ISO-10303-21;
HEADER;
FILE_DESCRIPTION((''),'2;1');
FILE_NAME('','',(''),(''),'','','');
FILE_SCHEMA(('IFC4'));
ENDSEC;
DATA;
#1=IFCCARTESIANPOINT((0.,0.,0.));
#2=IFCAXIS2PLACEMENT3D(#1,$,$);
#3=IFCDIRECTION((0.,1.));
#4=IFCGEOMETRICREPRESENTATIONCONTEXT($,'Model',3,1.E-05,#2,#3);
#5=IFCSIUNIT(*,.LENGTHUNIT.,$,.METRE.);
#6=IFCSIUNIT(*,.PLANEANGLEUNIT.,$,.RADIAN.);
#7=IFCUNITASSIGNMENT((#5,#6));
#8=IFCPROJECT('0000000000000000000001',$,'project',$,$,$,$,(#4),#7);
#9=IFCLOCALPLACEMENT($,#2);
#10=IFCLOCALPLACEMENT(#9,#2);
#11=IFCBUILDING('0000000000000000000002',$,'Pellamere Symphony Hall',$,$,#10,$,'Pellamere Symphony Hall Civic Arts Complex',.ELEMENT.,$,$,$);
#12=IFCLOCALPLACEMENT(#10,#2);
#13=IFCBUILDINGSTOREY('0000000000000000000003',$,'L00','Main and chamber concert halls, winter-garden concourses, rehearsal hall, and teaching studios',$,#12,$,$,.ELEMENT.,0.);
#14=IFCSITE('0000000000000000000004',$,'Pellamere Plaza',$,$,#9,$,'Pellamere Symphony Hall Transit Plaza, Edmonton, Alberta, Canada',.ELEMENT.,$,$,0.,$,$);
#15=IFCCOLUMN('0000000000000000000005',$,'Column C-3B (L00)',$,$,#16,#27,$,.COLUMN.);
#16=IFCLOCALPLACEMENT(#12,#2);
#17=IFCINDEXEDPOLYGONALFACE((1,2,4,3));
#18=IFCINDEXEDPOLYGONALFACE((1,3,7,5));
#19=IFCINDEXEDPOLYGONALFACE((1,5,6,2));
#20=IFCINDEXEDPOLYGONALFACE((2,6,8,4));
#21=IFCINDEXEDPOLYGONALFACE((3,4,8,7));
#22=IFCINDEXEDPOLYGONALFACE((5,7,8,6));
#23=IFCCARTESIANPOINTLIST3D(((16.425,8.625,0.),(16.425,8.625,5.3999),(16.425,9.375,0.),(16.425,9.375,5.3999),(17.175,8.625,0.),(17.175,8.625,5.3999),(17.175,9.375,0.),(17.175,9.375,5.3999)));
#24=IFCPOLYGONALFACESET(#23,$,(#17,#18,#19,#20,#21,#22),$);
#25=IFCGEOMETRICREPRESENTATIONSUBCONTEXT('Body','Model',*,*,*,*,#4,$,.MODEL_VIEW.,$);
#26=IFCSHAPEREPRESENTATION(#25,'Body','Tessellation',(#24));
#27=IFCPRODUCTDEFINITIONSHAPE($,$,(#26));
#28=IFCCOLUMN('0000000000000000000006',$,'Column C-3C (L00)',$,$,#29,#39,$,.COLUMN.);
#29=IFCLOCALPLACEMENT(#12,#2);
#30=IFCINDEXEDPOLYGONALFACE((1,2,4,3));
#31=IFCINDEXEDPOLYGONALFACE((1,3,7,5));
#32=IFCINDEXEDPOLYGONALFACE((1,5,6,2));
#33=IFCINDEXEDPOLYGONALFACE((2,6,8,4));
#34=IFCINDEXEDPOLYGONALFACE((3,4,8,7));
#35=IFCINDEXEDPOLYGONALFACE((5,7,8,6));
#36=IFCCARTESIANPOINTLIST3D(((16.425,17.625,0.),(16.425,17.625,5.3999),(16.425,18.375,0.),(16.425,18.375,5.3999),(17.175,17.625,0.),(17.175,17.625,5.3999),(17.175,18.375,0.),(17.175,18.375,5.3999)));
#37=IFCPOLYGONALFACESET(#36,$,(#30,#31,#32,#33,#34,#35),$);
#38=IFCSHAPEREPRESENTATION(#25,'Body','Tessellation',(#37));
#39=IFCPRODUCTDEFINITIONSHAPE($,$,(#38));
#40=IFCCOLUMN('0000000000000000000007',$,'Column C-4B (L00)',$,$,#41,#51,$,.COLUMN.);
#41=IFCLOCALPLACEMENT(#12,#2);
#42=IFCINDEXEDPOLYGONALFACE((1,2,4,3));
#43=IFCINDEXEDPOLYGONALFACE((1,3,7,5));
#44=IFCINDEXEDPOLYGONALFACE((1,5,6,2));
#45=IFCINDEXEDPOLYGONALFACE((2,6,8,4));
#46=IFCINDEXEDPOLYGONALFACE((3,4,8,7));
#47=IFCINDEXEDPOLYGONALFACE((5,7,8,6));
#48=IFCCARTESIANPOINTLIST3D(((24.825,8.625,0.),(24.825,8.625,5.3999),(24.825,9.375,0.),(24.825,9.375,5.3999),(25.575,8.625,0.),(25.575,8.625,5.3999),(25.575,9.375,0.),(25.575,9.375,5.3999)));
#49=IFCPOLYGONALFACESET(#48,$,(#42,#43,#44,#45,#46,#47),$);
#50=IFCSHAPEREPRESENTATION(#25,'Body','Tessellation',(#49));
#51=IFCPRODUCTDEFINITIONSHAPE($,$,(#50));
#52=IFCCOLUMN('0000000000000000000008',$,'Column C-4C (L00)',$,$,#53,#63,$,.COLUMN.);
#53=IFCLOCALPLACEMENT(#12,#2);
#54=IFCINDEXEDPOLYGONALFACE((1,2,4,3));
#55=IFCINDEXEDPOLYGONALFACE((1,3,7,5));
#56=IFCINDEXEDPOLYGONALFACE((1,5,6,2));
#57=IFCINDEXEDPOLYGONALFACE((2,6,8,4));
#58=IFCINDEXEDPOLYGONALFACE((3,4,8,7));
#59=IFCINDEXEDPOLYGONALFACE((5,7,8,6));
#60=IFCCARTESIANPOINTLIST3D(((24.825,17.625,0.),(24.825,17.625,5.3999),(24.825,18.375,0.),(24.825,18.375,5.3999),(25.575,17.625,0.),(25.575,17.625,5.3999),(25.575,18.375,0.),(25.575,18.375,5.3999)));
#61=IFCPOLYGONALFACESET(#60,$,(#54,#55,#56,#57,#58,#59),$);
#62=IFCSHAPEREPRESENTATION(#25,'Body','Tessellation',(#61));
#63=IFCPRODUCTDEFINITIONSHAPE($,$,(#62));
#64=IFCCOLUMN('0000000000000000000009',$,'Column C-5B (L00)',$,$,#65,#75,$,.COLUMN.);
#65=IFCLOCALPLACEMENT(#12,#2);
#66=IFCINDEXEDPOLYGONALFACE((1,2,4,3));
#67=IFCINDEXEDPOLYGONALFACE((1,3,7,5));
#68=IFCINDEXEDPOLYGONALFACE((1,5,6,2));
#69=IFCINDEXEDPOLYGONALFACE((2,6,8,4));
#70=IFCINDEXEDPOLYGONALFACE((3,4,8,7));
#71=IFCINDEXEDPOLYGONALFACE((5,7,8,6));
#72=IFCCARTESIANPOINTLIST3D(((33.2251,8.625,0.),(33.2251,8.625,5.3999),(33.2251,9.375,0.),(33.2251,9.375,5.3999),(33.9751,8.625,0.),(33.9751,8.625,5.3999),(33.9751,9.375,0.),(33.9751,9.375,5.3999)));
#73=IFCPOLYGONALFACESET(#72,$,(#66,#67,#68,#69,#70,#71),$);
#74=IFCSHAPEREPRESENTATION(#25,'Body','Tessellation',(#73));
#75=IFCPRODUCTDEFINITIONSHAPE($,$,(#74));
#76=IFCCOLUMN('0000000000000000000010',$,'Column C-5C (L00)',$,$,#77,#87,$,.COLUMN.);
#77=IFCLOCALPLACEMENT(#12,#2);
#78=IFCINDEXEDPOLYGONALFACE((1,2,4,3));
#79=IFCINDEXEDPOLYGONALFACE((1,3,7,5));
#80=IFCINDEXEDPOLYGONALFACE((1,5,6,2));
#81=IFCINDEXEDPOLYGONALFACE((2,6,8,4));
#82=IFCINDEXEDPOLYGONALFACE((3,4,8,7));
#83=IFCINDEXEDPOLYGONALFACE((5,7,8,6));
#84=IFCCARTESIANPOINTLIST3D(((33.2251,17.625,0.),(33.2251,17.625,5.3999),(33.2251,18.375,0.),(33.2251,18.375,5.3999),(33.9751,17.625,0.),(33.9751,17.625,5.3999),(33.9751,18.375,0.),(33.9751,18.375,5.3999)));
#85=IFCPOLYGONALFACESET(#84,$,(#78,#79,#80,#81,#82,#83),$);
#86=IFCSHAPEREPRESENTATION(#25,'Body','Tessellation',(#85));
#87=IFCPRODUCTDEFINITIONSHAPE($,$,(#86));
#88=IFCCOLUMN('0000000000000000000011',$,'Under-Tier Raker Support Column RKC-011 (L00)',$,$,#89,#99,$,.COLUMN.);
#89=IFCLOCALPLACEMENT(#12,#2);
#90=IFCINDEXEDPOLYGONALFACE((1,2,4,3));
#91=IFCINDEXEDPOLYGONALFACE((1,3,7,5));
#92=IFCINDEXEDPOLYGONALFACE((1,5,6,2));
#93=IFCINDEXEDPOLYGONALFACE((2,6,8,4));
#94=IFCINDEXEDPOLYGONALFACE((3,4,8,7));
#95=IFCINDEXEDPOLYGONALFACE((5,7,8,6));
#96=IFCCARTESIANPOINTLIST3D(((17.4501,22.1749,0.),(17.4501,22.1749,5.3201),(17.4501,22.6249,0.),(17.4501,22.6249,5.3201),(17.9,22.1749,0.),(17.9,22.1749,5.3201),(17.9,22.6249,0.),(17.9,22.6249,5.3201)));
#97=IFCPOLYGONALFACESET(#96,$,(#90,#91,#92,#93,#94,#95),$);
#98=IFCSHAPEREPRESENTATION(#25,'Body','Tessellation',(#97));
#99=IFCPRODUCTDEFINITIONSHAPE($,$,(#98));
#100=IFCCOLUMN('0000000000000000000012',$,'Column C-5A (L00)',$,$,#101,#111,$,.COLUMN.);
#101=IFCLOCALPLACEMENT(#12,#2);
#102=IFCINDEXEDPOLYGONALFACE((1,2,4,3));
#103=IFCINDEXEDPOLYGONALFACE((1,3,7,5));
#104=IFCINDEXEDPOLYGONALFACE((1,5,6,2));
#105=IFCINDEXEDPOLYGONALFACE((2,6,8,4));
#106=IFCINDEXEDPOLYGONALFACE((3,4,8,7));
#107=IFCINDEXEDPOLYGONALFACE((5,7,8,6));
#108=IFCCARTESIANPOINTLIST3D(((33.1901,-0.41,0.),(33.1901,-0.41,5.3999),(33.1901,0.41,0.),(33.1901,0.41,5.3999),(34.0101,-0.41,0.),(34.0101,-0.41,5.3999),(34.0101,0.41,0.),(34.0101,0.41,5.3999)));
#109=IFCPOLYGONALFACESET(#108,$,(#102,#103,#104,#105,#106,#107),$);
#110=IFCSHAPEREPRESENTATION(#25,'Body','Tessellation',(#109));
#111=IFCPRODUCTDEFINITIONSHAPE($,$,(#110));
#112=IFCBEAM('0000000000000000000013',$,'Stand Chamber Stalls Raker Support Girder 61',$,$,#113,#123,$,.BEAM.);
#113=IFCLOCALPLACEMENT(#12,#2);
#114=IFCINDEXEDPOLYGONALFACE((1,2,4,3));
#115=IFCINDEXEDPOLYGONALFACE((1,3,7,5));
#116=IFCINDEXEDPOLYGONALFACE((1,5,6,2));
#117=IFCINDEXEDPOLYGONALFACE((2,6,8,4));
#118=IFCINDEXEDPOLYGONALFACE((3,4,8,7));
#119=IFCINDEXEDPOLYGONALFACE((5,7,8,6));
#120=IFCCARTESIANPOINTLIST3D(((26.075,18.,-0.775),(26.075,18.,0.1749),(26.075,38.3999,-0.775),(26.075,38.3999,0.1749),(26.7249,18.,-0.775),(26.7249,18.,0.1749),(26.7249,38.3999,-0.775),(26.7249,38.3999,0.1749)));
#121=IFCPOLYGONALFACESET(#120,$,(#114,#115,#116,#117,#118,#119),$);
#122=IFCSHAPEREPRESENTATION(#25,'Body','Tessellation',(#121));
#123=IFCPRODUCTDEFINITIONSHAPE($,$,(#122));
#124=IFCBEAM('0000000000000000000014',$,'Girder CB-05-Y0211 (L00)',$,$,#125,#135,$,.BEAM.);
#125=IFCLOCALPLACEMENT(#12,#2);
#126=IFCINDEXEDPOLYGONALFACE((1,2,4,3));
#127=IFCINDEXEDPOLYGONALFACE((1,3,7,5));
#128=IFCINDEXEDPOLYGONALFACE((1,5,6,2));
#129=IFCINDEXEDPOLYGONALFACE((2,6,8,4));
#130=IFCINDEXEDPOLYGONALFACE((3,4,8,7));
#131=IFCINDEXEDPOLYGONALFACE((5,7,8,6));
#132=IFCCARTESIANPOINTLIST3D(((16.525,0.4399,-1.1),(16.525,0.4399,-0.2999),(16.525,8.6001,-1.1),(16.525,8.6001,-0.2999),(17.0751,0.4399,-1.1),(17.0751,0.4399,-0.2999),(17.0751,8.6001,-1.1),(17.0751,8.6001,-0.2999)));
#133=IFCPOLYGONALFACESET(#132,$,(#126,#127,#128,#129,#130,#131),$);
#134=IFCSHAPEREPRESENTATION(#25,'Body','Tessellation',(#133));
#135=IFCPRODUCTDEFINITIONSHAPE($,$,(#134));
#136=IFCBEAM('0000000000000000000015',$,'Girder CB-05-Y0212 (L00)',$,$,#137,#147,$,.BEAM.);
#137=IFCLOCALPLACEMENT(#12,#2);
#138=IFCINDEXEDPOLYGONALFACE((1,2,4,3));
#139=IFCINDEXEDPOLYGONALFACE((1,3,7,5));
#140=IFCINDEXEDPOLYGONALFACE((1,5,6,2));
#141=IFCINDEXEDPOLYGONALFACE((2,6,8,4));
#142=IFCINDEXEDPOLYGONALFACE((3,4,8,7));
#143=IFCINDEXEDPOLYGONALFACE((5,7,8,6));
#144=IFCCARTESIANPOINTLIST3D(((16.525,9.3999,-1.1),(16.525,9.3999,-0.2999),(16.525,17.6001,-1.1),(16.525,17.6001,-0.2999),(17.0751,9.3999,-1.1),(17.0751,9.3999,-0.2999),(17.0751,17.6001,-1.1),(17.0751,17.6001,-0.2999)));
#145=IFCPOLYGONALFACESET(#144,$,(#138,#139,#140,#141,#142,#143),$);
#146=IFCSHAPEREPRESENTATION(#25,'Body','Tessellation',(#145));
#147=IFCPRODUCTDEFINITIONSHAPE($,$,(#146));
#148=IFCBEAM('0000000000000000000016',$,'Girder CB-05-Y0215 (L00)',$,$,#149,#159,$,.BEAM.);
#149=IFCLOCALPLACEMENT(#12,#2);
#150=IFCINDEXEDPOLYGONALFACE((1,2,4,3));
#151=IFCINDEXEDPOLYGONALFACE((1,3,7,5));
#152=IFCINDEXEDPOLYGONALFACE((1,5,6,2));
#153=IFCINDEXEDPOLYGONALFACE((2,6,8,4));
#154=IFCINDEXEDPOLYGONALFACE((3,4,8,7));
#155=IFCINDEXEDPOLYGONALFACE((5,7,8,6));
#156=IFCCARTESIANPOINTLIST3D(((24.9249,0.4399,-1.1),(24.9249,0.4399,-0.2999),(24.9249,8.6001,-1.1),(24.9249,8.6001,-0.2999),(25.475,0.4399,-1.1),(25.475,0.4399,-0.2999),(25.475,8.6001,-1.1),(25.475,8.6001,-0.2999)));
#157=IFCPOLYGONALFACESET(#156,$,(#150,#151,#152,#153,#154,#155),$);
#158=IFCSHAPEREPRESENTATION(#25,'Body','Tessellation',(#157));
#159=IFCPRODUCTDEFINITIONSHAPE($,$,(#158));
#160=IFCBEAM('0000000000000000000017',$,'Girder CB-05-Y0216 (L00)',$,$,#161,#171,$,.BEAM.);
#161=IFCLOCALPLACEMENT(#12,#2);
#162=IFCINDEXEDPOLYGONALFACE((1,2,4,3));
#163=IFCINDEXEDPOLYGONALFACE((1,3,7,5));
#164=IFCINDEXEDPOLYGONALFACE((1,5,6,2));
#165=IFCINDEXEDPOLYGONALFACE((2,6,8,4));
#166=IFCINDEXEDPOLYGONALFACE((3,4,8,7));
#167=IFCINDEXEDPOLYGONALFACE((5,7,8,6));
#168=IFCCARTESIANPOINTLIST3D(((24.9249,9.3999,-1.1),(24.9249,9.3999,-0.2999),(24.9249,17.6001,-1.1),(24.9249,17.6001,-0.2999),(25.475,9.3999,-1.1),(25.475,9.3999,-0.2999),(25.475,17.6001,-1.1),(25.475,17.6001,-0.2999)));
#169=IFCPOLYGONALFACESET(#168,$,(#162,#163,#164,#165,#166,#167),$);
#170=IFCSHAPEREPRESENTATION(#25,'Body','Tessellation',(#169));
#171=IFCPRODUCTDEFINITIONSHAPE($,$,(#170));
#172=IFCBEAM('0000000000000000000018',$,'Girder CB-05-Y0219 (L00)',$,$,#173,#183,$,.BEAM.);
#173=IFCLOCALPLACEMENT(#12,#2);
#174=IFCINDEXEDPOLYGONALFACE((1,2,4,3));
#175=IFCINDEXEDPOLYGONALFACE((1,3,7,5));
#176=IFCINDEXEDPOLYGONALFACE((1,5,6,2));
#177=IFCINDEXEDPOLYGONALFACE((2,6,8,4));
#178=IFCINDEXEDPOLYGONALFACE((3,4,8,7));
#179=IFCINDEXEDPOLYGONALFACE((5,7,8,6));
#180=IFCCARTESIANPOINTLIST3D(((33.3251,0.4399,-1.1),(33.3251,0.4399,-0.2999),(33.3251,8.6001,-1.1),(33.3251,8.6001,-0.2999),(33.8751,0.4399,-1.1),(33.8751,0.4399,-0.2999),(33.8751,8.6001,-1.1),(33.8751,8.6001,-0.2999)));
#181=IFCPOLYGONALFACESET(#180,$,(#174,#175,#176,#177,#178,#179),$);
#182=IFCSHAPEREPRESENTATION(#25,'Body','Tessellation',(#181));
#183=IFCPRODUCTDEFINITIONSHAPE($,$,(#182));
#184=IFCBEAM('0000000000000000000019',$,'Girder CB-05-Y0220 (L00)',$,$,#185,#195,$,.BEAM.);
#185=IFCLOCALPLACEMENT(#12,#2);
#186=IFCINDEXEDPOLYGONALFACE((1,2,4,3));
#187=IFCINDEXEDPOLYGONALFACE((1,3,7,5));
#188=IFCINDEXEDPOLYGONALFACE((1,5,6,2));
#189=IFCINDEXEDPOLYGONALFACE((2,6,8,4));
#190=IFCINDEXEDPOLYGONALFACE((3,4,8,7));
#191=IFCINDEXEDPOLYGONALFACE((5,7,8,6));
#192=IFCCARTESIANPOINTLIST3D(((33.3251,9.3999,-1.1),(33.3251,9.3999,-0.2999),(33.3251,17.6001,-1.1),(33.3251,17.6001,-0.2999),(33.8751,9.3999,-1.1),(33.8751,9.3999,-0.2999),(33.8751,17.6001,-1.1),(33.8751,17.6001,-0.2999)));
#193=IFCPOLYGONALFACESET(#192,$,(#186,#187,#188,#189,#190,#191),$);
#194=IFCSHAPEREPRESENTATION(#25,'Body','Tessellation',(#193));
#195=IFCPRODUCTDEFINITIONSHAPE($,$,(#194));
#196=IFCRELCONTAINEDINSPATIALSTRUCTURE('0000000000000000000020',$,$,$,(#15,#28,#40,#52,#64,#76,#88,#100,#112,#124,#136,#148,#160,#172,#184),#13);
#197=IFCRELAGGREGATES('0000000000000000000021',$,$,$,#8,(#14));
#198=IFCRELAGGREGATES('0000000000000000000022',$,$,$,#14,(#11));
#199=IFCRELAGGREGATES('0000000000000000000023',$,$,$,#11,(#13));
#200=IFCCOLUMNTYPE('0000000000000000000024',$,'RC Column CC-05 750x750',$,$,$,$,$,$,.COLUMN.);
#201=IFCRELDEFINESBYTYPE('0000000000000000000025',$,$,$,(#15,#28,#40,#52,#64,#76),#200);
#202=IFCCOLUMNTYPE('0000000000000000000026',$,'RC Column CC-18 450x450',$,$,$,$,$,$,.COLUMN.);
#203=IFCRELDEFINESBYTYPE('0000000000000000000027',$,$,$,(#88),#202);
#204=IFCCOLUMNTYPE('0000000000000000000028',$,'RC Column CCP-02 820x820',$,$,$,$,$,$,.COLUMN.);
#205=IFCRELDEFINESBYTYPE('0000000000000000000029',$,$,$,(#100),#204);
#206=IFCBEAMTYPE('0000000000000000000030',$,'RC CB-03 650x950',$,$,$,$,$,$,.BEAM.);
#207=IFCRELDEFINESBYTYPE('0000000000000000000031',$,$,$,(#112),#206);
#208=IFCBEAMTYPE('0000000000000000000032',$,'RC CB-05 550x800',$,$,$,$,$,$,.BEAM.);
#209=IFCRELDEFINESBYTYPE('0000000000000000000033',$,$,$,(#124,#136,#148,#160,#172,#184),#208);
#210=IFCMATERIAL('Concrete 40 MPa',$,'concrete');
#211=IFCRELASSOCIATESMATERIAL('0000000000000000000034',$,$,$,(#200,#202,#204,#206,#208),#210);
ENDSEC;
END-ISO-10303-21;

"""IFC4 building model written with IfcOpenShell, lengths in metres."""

from ifc_helpers import new_model, si_unit, direction, frame, origin, origin_2d, place, context, subcontext, project, spatial, rectangle, extrude, material, material_profile, profile_set, type_object, element, save


model = new_model("IFC4")

# Units and contexts
model_context = context("Model", 3, precision=1e-05, world=origin(), true_north=direction((0.0, 1.0)))
body_context = subcontext(model_context, "Body", "Model", "MODEL_VIEW")
ifc_project = project(units=[si_unit("LENGTHUNIT", "METRE"), si_unit("PLANEANGLEUNIT", "RADIAN")], contexts=[model_context])

# Site, building, storey
site_placement = place(None, origin())
site = spatial("IfcSite", under=ifc_project, at=site_placement, Name="Pellamere Plaza", LongName="Pellamere Symphony Hall Transit Plaza, Edmonton, Alberta, Canada", CompositionType="ELEMENT", RefElevation=0.0)
building_placement = place(site_placement, origin())
building = spatial("IfcBuilding", under=site, at=building_placement, Name="Pellamere Symphony Hall", LongName="Pellamere Symphony Hall Civic Arts Complex", CompositionType="ELEMENT")
storey_placement = place(building_placement, origin())
storey = spatial("IfcBuildingStorey", under=building, at=storey_placement, Name="L00", Description="Main and chamber concert halls, winter-garden concourses, rehearsal hall, and teaching studios", CompositionType="ELEMENT", Elevation=0.0)

# Columns
ifc_material_1 = material(Name="Concrete 40 MPa", Category="concrete")
ifc_material_profile_1 = material_profile(ifc_material_1, rectangle(XDim=0.75, YDim=0.75, at=origin_2d()), Name="RC 750x750")
ifc_profile_set_1 = profile_set([ifc_material_profile_1], Name="Concrete 40 MPa")
column_type_1 = type_object("IfcColumnType", Name="RC Column CC-05 750x750", PredefinedType="COLUMN", material=ifc_profile_set_1)
for number, where, z_axis, x_axis, name in (
    (1, (16.8, 9.0, 0.0), (0.0, 0.0, 1.0), (1.0, 0.0, 0.0), "Column C-3B (L00)"),
    (2, (16.8, 18.0, 0.0), (0.0, 0.0, 1.0), (1.0, 0.0, 0.0), "Column C-3C (L00)"),
    (3, (25.2, 9.0, 0.0), (0.0, 0.0, 1.0), (1.0, 0.0, 0.0), "Column C-4B (L00)"),
    (4, (25.2, 18.0, 0.0), (0.0, 0.0, 1.0), (1.0, 0.0, 0.0), "Column C-4C (L00)"),
    (5, (33.6001, 9.0, 0.0), (0.0, 0.0, 1.0), (1.0, 0.0, 0.0), "Column C-5B (L00)"),
    (6, (33.6001, 18.0, 0.0), (0.0, 0.0, 1.0), (1.0, 0.0, 0.0), "Column C-5C (L00)"),
):
    element("IfcColumn", number, at=place(storey_placement, frame(where, z_axis=z_axis, x_axis=x_axis)), inside=storey, type_object=column_type_1, Name=name, PredefinedType="COLUMN", context=body_context, shape_type="SweptSolid", body=[
        extrude(rectangle(XDim=0.75, YDim=0.75, at=origin_2d()), origin(), (0.0, 0.0, 1.0), 5.3999),
    ])
ifc_material_profile_2 = material_profile(ifc_material_1, rectangle(XDim=0.45, YDim=0.45, at=origin_2d()), Name="RC 450x450")
ifc_profile_set_2 = profile_set([ifc_material_profile_2], Name="Concrete 40 MPa")
column_type_2 = type_object("IfcColumnType", Name="RC Column CC-18 450x450", PredefinedType="COLUMN", material=ifc_profile_set_2)
column_1_placement = place(storey_placement, frame((17.675, 22.3999, 0.0), z_axis=(0.0, 0.0, 1.0), x_axis=(1.0, 0.0, 0.0)))
element("IfcColumn", 7, at=column_1_placement, inside=storey, type_object=column_type_2, Name="Under-Tier Raker Support Column RKC-011 (L00)", PredefinedType="COLUMN", context=body_context, shape_type="SweptSolid", body=[
    extrude(rectangle(XDim=0.45, YDim=0.45, at=origin_2d()), origin(), (0.0, 0.0, 1.0), 5.3201),
])
ifc_material_profile_3 = material_profile(ifc_material_1, rectangle(XDim=0.8201, YDim=0.8201, at=origin_2d()), Name="RC 820x820")
ifc_profile_set_3 = profile_set([ifc_material_profile_3], Name="Concrete 40 MPa")
column_type_3 = type_object("IfcColumnType", Name="RC Column CCP-02 820x820", PredefinedType="COLUMN", material=ifc_profile_set_3)
column_2_placement = place(storey_placement, frame((33.6001, 0.0, 0.0), z_axis=(0.0, 0.0, 1.0), x_axis=(1.0, 0.0, 0.0)))
element("IfcColumn", 8, at=column_2_placement, inside=storey, type_object=column_type_3, Name="Column C-5A (L00)", PredefinedType="COLUMN", context=body_context, shape_type="SweptSolid", body=[
    extrude(rectangle(XDim=0.8201, YDim=0.8201, at=origin_2d()), origin(), (0.0, 0.0, 1.0), 5.3999),
])

# Beams
ifc_material_profile_4 = material_profile(ifc_material_1, rectangle(XDim=0.6499, YDim=0.95, at=origin_2d()), Name="RC 650x950")
ifc_profile_set_4 = profile_set([ifc_material_profile_4], Name="Concrete 40 MPa")
beam_type_1 = type_object("IfcBeamType", Name="RC CB-03 650x950", PredefinedType="BEAM", material=ifc_profile_set_4)
beam_1_placement = place(storey_placement, frame((26.3999, 18.0, -0.3), z_axis=(0.0, 1.0, 0.0), x_axis=(-1.0, 0.0, 0.0)))
element("IfcBeam", 9, at=beam_1_placement, inside=storey, type_object=beam_type_1, Name="Stand Chamber Stalls Raker Support Girder 61", PredefinedType="BEAM", context=body_context, shape_type="SweptSolid", body=[
    extrude(rectangle(XDim=0.6499, YDim=0.95, at=origin_2d()), origin(), (0.0, 0.0, 1.0), 20.3999),
])
ifc_material_profile_5 = material_profile(ifc_material_1, rectangle(XDim=0.55, YDim=0.8, at=origin_2d()), Name="RC 550x800")
ifc_profile_set_5 = profile_set([ifc_material_profile_5], Name="Concrete 40 MPa")
beam_type_2 = type_object("IfcBeamType", Name="RC CB-05 550x800", PredefinedType="BEAM", material=ifc_profile_set_5)
beam_2_placement = place(storey_placement, frame((16.8, 0.4399, -0.7), z_axis=(0.0, 1.0, 0.0), x_axis=(-1.0, 0.0, 0.0)))
element("IfcBeam", 10, at=beam_2_placement, inside=storey, type_object=beam_type_2, Name="Girder CB-05-Y0211 (L00)", PredefinedType="BEAM", context=body_context, shape_type="SweptSolid", body=[
    extrude(rectangle(XDim=0.55, YDim=0.8, at=origin_2d()), origin(), (0.0, 0.0, 1.0), 8.1602),
])
beam_3_placement = place(storey_placement, frame((16.8, 9.3999, -0.7), z_axis=(0.0, 1.0, 0.0), x_axis=(-1.0, 0.0, 0.0)))
element("IfcBeam", 11, at=beam_3_placement, inside=storey, type_object=beam_type_2, Name="Girder CB-05-Y0212 (L00)", PredefinedType="BEAM", context=body_context, shape_type="SweptSolid", body=[
    extrude(rectangle(XDim=0.55, YDim=0.8, at=origin_2d()), origin(), (0.0, 0.0, 1.0), 8.2002),
])
beam_4_placement = place(storey_placement, frame((25.2, 0.4399, -0.7), z_axis=(0.0, 1.0, 0.0), x_axis=(-1.0, 0.0, 0.0)))
element("IfcBeam", 12, at=beam_4_placement, inside=storey, type_object=beam_type_2, Name="Girder CB-05-Y0215 (L00)", PredefinedType="BEAM", context=body_context, shape_type="SweptSolid", body=[
    extrude(rectangle(XDim=0.55, YDim=0.8, at=origin_2d()), origin(), (0.0, 0.0, 1.0), 8.1602),
])
beam_5_placement = place(storey_placement, frame((25.2, 9.3999, -0.7), z_axis=(0.0, 1.0, 0.0), x_axis=(-1.0, 0.0, 0.0)))
element("IfcBeam", 13, at=beam_5_placement, inside=storey, type_object=beam_type_2, Name="Girder CB-05-Y0216 (L00)", PredefinedType="BEAM", context=body_context, shape_type="SweptSolid", body=[
    extrude(rectangle(XDim=0.55, YDim=0.8, at=origin_2d()), origin(), (0.0, 0.0, 1.0), 8.2002),
])
beam_6_placement = place(storey_placement, frame((33.6001, 0.4399, -0.7), z_axis=(0.0, 1.0, 0.0), x_axis=(-1.0, 0.0, 0.0)))
element("IfcBeam", 14, at=beam_6_placement, inside=storey, type_object=beam_type_2, Name="Girder CB-05-Y0219 (L00)", PredefinedType="BEAM", context=body_context, shape_type="SweptSolid", body=[
    extrude(rectangle(XDim=0.55, YDim=0.8, at=origin_2d()), origin(), (0.0, 0.0, 1.0), 8.1602),
])
beam_7_placement = place(storey_placement, frame((33.6001, 9.3999, -0.7), z_axis=(0.0, 1.0, 0.0), x_axis=(-1.0, 0.0, 0.0)))
element("IfcBeam", 15, at=beam_7_placement, inside=storey, type_object=beam_type_2, Name="Girder CB-05-Y0220 (L00)", PredefinedType="BEAM", context=body_context, shape_type="SweptSolid", body=[
    extrude(rectangle(XDim=0.55, YDim=0.8, at=origin_2d()), origin(), (0.0, 0.0, 1.0), 8.2002),
])

save(model, "model.ifc")
